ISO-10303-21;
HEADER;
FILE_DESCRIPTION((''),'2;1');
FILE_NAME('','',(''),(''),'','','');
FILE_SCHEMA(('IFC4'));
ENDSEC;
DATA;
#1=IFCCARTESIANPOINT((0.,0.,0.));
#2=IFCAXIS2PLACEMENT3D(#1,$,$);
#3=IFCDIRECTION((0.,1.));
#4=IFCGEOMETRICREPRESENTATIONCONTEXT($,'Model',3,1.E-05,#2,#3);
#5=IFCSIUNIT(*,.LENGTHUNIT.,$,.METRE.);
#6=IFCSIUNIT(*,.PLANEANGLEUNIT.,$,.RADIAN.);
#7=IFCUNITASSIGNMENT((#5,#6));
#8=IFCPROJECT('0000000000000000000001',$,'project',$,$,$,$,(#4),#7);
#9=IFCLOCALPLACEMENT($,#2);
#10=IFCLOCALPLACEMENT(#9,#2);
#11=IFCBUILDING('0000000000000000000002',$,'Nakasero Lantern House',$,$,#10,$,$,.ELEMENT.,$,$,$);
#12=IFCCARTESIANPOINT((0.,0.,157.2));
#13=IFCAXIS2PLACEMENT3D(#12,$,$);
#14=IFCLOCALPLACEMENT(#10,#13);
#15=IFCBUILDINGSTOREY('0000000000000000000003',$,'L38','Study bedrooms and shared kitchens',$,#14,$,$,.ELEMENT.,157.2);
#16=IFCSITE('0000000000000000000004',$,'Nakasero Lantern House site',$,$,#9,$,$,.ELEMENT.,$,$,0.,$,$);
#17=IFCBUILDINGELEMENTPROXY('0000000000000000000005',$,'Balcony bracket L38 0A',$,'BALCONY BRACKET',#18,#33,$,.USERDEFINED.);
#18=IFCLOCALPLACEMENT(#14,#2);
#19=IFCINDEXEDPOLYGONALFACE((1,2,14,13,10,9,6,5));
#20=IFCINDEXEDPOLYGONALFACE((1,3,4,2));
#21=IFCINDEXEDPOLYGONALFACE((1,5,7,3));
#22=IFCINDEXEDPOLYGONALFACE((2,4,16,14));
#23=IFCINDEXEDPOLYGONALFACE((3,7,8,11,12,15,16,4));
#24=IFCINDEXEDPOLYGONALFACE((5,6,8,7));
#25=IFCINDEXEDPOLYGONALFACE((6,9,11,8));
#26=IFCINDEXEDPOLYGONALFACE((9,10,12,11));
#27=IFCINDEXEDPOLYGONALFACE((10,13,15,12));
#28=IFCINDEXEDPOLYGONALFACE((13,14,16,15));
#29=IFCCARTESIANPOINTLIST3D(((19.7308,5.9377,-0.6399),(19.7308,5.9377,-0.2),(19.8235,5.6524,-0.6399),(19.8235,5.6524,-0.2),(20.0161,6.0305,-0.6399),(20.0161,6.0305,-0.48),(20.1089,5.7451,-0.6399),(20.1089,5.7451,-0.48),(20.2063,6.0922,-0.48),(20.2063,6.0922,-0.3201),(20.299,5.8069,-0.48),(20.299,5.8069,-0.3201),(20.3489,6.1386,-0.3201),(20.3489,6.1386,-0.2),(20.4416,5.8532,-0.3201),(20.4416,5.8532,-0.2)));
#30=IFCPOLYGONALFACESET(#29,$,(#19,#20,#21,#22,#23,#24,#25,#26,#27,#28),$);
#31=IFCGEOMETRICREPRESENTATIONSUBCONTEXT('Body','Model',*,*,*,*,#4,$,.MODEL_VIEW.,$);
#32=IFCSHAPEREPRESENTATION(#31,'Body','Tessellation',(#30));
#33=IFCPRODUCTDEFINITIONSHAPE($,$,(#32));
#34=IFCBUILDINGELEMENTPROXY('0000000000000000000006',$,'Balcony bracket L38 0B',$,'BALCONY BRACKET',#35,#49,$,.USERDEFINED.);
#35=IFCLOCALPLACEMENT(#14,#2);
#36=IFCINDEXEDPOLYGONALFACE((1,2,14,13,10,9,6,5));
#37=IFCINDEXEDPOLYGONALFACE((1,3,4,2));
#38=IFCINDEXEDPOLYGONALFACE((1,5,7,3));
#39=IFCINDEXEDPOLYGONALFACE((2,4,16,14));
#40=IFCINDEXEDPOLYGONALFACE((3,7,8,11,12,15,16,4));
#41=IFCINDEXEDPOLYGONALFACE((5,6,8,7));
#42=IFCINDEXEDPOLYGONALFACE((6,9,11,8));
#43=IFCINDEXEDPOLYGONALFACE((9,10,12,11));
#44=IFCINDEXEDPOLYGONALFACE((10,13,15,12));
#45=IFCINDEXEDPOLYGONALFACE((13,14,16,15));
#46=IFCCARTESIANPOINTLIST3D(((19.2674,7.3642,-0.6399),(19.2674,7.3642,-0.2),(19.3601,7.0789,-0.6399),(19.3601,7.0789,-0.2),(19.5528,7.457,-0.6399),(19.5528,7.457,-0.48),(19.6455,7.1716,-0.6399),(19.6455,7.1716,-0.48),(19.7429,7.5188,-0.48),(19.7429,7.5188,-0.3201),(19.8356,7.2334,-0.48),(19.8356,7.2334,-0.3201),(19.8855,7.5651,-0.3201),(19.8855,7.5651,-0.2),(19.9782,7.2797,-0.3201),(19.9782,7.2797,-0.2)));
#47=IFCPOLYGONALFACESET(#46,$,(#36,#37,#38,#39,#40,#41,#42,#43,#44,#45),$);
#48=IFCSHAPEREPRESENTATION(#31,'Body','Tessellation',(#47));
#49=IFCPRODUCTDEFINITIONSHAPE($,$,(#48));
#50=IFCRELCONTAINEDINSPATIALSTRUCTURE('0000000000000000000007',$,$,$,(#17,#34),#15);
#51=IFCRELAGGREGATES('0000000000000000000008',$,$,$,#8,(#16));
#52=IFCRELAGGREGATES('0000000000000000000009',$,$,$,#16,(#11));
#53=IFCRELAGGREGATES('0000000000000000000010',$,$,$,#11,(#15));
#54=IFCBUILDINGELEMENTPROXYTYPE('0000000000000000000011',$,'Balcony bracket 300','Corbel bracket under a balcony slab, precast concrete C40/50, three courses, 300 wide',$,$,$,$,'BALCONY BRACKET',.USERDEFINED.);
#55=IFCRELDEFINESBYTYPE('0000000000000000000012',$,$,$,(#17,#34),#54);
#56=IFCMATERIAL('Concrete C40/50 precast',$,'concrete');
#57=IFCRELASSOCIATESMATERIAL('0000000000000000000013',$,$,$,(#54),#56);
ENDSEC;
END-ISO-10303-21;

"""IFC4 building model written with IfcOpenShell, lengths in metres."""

from ifc_helpers import new_model, si_unit, direction, frame, origin, place, context, subcontext, project, spatial, polyline, outline, extrude, material, type_object, element, save


model = new_model("IFC4")

# Units and contexts
model_context = context("Model", 3, precision=1e-05, world=origin(), true_north=direction((0.0, 1.0)))
body_context = subcontext(model_context, "Body", "Model", "MODEL_VIEW")
ifc_project = project(units=[si_unit("LENGTHUNIT", "METRE"), si_unit("PLANEANGLEUNIT", "RADIAN")], contexts=[model_context])

# Site, building, storey
site_placement = place(None, origin())
site = spatial("IfcSite", under=ifc_project, at=site_placement, Name="Nakasero Lantern House site", CompositionType="ELEMENT", RefElevation=0.0)
building_placement = place(site_placement, origin())
building = spatial("IfcBuilding", under=site, at=building_placement, Name="Nakasero Lantern House", CompositionType="ELEMENT")
storey_placement = place(building_placement, frame((0.0, 0.0, 157.2)))
storey = spatial("IfcBuildingStorey", under=building, at=storey_placement, Name="L38", Description="Study bedrooms and shared kitchens", CompositionType="ELEMENT", Elevation=157.2)

# Building element proxies
ifc_material_1 = material(Name="Concrete C40/50 precast", Category="concrete")
building_element_proxy_type = type_object("IfcBuildingElementProxyType", Name="Balcony bracket 300", Description="Corbel bracket under a balcony slab, precast concrete C40/50, three courses, 300 wide", ElementType="BALCONY BRACKET", PredefinedType="USERDEFINED", material=ifc_material_1)
for number, where, z_axis, x_axis, name in (
    (1, (19.7771, 5.7952, -0.2), (0.0, 0.0, 1.0), (0.951057, 0.309017, 0.0), "Balcony bracket L38 0A"),
    (2, (19.3137, 7.2217, -0.2), (0.0, 0.0, 1.0), (0.951057, 0.309017, 0.0), "Balcony bracket L38 0B"),
):
    element("IfcBuildingElementProxy", number, at=place(storey_placement, frame(where, z_axis=z_axis, x_axis=x_axis)), inside=storey, type_object=building_element_proxy_type, Name=name, ObjectType="BALCONY BRACKET", PredefinedType="USERDEFINED", context=body_context, shape_type="SweptSolid", body=[
        extrude(outline(polyline([(0.0, 0.0), (0.6499, 0.0), (0.6499, -0.1201), (0.5, -0.1201), (0.5, -0.28), (0.3, -0.28), (0.3, -0.4399), (0.0, -0.4399), (0.0, 0.0)])), frame((0.0, 0.1499, 0.0), z_axis=(0.0, -1.0, 0.0), x_axis=(1.0, 0.0, 0.0)), (0.0, 0.0, 1.0), 0.3),
    ])

save(model, "model.ifc")
